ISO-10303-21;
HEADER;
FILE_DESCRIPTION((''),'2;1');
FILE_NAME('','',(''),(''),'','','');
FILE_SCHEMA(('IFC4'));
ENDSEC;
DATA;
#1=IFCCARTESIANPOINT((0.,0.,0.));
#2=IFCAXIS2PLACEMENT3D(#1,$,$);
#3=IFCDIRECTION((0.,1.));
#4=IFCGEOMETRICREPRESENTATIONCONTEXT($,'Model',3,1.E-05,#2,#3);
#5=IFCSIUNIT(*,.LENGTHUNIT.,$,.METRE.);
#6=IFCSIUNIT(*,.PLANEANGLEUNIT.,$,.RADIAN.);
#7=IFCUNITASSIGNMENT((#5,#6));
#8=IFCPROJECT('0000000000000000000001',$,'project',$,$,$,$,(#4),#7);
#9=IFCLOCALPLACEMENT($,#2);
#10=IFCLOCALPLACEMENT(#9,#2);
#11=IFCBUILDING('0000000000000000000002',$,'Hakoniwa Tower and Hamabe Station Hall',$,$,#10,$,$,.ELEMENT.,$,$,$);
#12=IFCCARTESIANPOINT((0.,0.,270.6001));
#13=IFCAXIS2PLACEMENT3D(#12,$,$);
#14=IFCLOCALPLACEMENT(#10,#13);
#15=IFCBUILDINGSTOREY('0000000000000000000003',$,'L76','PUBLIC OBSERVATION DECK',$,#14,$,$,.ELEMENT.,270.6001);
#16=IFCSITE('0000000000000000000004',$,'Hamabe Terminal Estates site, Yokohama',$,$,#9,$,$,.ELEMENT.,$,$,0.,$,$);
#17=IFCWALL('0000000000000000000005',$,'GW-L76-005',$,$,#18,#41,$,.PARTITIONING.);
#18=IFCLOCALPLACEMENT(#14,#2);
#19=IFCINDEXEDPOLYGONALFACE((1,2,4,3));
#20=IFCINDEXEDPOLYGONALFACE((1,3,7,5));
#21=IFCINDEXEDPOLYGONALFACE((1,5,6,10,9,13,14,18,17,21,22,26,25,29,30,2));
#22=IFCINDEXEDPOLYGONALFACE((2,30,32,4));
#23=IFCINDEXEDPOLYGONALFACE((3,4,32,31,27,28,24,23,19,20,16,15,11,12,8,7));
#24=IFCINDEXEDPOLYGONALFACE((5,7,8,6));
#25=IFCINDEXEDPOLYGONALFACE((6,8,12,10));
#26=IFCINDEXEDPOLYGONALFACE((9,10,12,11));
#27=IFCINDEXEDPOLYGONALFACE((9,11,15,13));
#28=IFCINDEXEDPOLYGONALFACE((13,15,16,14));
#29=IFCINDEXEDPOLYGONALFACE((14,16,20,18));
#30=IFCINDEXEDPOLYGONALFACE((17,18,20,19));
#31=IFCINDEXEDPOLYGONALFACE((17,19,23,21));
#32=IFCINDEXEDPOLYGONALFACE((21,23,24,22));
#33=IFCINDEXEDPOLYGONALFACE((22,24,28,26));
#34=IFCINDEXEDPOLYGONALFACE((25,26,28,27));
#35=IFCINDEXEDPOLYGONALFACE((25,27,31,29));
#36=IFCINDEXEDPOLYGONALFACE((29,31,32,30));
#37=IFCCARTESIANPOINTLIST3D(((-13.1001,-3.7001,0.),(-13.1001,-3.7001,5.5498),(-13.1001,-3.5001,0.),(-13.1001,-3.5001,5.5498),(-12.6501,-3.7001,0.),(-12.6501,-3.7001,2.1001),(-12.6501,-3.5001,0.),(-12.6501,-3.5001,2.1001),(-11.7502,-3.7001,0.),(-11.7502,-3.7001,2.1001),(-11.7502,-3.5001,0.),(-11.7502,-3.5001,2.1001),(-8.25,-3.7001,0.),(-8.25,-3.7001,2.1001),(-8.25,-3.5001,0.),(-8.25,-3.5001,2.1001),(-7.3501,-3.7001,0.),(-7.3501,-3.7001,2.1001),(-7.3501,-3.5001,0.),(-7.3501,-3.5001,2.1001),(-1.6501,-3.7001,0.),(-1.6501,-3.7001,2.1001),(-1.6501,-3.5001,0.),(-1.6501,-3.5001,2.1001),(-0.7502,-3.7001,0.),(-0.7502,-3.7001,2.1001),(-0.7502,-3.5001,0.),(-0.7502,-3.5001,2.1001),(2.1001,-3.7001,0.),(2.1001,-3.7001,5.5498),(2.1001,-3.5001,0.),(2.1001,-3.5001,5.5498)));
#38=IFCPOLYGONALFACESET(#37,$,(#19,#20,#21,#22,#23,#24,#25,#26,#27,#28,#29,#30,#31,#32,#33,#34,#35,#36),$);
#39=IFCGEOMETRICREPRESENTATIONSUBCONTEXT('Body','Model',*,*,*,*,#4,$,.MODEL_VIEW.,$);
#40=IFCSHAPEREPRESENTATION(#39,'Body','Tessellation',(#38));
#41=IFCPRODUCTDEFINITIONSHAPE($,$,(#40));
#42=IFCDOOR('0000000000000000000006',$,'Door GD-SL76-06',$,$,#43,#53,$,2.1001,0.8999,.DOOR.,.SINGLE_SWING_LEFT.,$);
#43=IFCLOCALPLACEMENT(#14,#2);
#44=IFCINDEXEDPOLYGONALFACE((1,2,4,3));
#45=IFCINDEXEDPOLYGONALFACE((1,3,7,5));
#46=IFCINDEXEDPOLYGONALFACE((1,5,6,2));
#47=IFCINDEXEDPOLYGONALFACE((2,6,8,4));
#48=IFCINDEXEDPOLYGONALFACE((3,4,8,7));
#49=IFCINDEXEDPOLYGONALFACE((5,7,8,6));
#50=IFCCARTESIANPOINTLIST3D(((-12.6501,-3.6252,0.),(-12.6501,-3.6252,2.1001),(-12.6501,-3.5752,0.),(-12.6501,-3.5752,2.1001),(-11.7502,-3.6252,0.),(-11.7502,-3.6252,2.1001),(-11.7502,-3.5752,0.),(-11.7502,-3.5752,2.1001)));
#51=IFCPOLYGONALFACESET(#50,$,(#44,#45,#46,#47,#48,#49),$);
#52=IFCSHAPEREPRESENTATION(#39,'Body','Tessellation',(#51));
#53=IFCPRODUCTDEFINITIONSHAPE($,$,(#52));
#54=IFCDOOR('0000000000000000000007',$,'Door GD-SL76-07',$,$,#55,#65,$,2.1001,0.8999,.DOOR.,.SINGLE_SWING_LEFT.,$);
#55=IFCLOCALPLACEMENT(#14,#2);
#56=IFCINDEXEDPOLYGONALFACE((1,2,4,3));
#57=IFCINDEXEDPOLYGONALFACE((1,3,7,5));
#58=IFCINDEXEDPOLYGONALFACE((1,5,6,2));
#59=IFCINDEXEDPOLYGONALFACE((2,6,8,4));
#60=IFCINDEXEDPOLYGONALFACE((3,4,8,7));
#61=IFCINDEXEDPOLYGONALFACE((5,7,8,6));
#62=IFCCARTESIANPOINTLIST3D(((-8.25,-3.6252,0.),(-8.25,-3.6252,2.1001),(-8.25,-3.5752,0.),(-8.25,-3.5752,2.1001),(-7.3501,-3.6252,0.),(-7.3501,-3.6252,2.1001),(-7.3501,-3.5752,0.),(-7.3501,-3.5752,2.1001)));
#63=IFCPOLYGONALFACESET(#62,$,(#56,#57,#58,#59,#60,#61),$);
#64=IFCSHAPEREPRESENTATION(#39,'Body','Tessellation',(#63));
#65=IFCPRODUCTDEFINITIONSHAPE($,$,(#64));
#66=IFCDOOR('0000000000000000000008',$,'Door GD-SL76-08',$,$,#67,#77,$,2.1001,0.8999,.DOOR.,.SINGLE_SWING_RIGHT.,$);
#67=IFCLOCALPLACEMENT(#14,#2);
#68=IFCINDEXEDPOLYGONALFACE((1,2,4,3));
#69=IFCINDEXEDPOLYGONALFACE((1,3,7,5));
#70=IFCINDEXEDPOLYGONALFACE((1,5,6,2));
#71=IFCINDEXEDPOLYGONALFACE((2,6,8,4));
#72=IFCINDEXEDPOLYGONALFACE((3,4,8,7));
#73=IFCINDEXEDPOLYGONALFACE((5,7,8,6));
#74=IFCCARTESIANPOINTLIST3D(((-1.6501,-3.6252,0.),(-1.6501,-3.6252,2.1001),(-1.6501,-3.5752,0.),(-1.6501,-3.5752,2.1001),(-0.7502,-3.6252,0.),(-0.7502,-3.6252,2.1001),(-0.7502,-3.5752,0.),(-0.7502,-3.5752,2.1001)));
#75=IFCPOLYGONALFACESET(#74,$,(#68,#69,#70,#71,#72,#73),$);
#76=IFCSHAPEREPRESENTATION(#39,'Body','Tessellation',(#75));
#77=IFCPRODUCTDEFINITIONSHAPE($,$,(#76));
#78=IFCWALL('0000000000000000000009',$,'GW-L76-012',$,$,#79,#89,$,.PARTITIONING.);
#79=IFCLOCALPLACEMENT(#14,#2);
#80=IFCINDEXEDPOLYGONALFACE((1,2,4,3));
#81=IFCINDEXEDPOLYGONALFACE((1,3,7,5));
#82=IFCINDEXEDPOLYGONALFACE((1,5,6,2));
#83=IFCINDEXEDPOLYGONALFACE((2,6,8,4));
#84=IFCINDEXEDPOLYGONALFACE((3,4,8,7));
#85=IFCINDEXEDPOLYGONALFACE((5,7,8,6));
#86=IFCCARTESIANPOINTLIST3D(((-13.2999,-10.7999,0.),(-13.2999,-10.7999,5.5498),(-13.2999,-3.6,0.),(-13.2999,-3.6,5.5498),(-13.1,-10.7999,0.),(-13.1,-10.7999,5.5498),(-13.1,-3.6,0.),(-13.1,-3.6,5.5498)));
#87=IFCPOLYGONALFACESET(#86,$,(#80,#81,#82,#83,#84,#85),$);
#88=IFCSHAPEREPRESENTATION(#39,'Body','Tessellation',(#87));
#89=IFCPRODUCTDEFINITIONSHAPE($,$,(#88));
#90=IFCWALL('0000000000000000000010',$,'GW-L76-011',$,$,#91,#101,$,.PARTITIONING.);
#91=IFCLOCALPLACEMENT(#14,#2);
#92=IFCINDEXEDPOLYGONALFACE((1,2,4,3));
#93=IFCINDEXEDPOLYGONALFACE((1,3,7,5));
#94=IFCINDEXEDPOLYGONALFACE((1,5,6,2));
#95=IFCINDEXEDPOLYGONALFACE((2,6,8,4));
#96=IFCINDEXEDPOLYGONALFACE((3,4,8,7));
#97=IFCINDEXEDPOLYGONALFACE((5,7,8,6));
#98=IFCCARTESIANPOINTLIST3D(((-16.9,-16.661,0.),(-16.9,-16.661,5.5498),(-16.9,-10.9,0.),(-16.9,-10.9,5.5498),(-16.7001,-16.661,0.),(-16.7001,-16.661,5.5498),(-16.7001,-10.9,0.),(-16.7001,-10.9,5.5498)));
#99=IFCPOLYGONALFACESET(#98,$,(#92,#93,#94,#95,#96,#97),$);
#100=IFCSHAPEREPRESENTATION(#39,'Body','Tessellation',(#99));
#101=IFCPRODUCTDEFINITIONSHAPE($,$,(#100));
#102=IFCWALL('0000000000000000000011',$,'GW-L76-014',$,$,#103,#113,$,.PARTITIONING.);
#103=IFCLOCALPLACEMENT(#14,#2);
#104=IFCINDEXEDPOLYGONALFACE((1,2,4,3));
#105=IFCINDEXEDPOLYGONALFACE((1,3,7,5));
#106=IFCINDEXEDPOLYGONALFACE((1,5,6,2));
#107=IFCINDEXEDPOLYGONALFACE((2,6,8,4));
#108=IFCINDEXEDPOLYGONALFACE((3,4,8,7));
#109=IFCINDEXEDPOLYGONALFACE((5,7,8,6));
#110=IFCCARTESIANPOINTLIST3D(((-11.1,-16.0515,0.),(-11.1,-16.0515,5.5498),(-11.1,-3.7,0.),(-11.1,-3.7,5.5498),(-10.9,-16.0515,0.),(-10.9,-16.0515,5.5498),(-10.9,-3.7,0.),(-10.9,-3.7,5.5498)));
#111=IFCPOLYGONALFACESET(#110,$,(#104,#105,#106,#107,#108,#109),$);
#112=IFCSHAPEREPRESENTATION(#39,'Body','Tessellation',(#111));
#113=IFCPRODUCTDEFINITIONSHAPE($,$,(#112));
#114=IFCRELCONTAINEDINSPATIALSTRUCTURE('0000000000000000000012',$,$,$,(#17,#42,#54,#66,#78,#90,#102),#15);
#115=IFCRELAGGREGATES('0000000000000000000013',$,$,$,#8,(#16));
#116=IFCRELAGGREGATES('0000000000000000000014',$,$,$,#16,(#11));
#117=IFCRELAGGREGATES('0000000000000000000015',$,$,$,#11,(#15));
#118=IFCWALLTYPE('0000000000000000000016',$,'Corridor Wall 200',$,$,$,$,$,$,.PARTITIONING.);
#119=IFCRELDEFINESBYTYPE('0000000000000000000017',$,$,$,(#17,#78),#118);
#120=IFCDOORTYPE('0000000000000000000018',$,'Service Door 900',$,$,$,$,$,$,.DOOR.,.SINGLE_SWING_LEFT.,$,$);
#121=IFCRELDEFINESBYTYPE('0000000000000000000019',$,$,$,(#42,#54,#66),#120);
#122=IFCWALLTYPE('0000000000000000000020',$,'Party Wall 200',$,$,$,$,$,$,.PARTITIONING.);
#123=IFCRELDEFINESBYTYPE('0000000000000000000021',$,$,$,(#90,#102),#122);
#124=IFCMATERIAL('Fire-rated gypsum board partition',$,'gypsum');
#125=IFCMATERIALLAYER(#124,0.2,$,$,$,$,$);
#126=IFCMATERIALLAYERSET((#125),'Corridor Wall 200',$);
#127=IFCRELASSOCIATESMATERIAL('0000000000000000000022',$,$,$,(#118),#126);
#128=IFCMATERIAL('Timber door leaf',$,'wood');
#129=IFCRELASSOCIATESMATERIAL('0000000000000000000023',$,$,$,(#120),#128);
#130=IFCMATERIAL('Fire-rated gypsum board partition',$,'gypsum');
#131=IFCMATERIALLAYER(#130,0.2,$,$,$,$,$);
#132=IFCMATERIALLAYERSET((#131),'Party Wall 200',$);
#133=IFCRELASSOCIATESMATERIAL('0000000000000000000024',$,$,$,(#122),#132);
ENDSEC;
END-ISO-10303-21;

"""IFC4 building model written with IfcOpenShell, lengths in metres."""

from ifc_helpers import new_model, si_unit, direction, frame, frame_2d, origin, place, context, subcontext, project, spatial, rectangle, extrude, material, layer, layer_set, type_object, element, fill, save


model = new_model("IFC4")

# Units and contexts
model_context = context("Model", 3, precision=1e-05, world=origin(), true_north=direction((0.0, 1.0)))
body_context = subcontext(model_context, "Body", "Model", "MODEL_VIEW")
ifc_project = project(units=[si_unit("LENGTHUNIT", "METRE"), si_unit("PLANEANGLEUNIT", "RADIAN")], contexts=[model_context])

# Site, building, storey
site_placement = place(None, origin())
site = spatial("IfcSite", under=ifc_project, at=site_placement, Name="Hamabe Terminal Estates site, Yokohama", CompositionType="ELEMENT", RefElevation=0.0)
building_placement = place(site_placement, origin())
building = spatial("IfcBuilding", under=site, at=building_placement, Name="Hakoniwa Tower and Hamabe Station Hall", CompositionType="ELEMENT")
storey_placement = place(building_placement, frame((0.0, 0.0, 270.6001)))
storey = spatial("IfcBuildingStorey", under=building, at=storey_placement, Name="L76", Description="PUBLIC OBSERVATION DECK", CompositionType="ELEMENT", Elevation=270.6001)

# Wall, openings, doors
ifc_material_1 = material(Name="Fire-rated gypsum board partition", Category="gypsum")
ifc_layer_1 = layer(ifc_material_1, 0.2)
ifc_layer_set_1 = layer_set([ifc_layer_1], Name="Corridor Wall 200")
wall_type_1 = type_object("IfcWallType", Name="Corridor Wall 200", PredefinedType="PARTITIONING", material=ifc_layer_set_1)
wall_1_placement = place(storey_placement, frame((-13.1001, -3.6001, 0.0), z_axis=(0.0, 0.0, 1.0), x_axis=(1.0, 0.0, 0.0)))
wall_1 = element("IfcWall", 1, at=wall_1_placement, inside=storey, type_object=wall_type_1, Name="GW-L76-005", PredefinedType="PARTITIONING", context=body_context, shape_type="SweptSolid", body=[
    extrude(rectangle(XDim=15.2002, YDim=0.2, at=frame_2d((7.6001, 0.0))), origin(), (0.0, 0.0, 1.0), 5.5498),
])
opening_1_placement = place(wall_1_placement, frame((0.45, 0.0, 0.0)))
opening_1 = element("IfcOpeningElement", 2, at=opening_1_placement, cuts=wall_1, PredefinedType="OPENING", context=body_context, shape_type="SweptSolid", body=[
    extrude(rectangle(XDim=0.8999, YDim=2.1001, at=frame_2d((0.45, 1.05))), frame((0.0, 0.1099, 0.0), z_axis=(0.0, -1.0, 0.0), x_axis=(1.0, 0.0, 0.0)), (0.0, 0.0, 1.0), 0.22),
])
opening_2_placement = place(wall_1_placement, frame((4.8501, 0.0, 0.0)))
opening_2 = element("IfcOpeningElement", 3, at=opening_2_placement, cuts=wall_1, PredefinedType="OPENING", context=body_context, shape_type="SweptSolid", body=[
    extrude(rectangle(XDim=0.8999, YDim=2.1001, at=frame_2d((0.45, 1.05))), frame((0.0, 0.1099, 0.0), z_axis=(0.0, -1.0, 0.0), x_axis=(1.0, 0.0, 0.0)), (0.0, 0.0, 1.0), 0.22),
])
opening_3_placement = place(wall_1_placement, frame((11.45, 0.0, 0.0)))
opening_3 = element("IfcOpeningElement", 4, at=opening_3_placement, cuts=wall_1, PredefinedType="OPENING", context=body_context, shape_type="SweptSolid", body=[
    extrude(rectangle(XDim=0.8999, YDim=2.1001, at=frame_2d((0.45, 1.05))), frame((0.0, 0.1099, 0.0), z_axis=(0.0, -1.0, 0.0), x_axis=(1.0, 0.0, 0.0)), (0.0, 0.0, 1.0), 0.22),
])
ifc_material_2 = material(Name="Timber door leaf", Category="wood")
door_type_1 = type_object("IfcDoorType", Name="Service Door 900", OperationType="SINGLE_SWING_LEFT", PredefinedType="DOOR", material=ifc_material_2)
door_1_placement = place(opening_1_placement, origin())
door_1 = element("IfcDoor", 5, at=door_1_placement, inside=storey, type_object=door_type_1, Name="Door GD-SL76-06", OperationType="SINGLE_SWING_LEFT", OverallHeight=2.1001, OverallWidth=0.8999, PredefinedType="DOOR", context=body_context, shape_type="SweptSolid", body=[
    extrude(rectangle(XDim=0.8999, YDim=2.1001, at=frame_2d((0.45, 1.05))), frame((0.0, 0.0249, 0.0), z_axis=(0.0, -1.0, 0.0), x_axis=(1.0, 0.0, 0.0)), (0.0, 0.0, 1.0), 0.05),
])
fill(opening_1, door_1)
door_2_placement = place(opening_2_placement, origin())
door_2 = element("IfcDoor", 6, at=door_2_placement, inside=storey, type_object=door_type_1, Name="Door GD-SL76-07", OperationType="SINGLE_SWING_LEFT", OverallHeight=2.1001, OverallWidth=0.8999, PredefinedType="DOOR", context=body_context, shape_type="SweptSolid", body=[
    extrude(rectangle(XDim=0.8999, YDim=2.1001, at=frame_2d((0.45, 1.05))), frame((0.0, 0.0249, 0.0), z_axis=(0.0, -1.0, 0.0), x_axis=(1.0, 0.0, 0.0)), (0.0, 0.0, 1.0), 0.05),
])
fill(opening_2, door_2)
door_3_placement = place(opening_3_placement, origin())
door_3 = element("IfcDoor", 7, at=door_3_placement, inside=storey, type_object=door_type_1, Name="Door GD-SL76-08", OperationType="SINGLE_SWING_RIGHT", OverallHeight=2.1001, OverallWidth=0.8999, PredefinedType="DOOR", context=body_context, shape_type="SweptSolid", body=[
    extrude(rectangle(XDim=0.8999, YDim=2.1001, at=frame_2d((0.45, 1.05))), frame((0.0, 0.0249, 0.0), z_axis=(0.0, -1.0, 0.0), x_axis=(1.0, 0.0, 0.0)), (0.0, 0.0, 1.0), 0.05),
])
fill(opening_3, door_3)

# Walls
wall_2_placement = place(storey_placement, frame((-13.2, -10.8, 0.0), z_axis=(0.0, 0.0, 1.0), x_axis=(0.0, 1.0, 0.0)))
element("IfcWall", 8, at=wall_2_placement, inside=storey, type_object=wall_type_1, Name="GW-L76-012", PredefinedType="PARTITIONING", context=body_context, shape_type="SweptSolid", body=[
    extrude(rectangle(XDim=7.2, YDim=0.2, at=frame_2d((3.6001, 0.0))), origin(), (0.0, 0.0, 1.0), 5.5498),
])
ifc_material_3 = material(Name="Fire-rated gypsum board partition", Category="gypsum")
ifc_layer_2 = layer(ifc_material_3, 0.2)
ifc_layer_set_2 = layer_set([ifc_layer_2], Name="Party Wall 200")
wall_type_2 = type_object("IfcWallType", Name="Party Wall 200", PredefinedType="PARTITIONING", material=ifc_layer_set_2)
wall_3_placement = place(storey_placement, frame((-16.8, -16.6609, 0.0), z_axis=(0.0, 0.0, 1.0), x_axis=(0.0, 1.0, 0.0)))
element("IfcWall", 9, at=wall_3_placement, inside=storey, type_object=wall_type_2, Name="GW-L76-011", PredefinedType="PARTITIONING", context=body_context, shape_type="SweptSolid", body=[
    extrude(rectangle(XDim=5.761, YDim=0.2, at=frame_2d((2.8804, 0.0))), origin(), (0.0, 0.0, 1.0), 5.5498),
])
wall_4_placement = place(storey_placement, frame((-11.0, -16.0515, 0.0), z_axis=(0.0, 0.0, 1.0), x_axis=(0.0, 1.0, 0.0)))
element("IfcWall", 10, at=wall_4_placement, inside=storey, type_object=wall_type_2, Name="GW-L76-014", PredefinedType="PARTITIONING", context=body_context, shape_type="SweptSolid", body=[
    extrude(rectangle(XDim=12.3516, YDim=0.2, at=frame_2d((6.1758, 0.0))), origin(), (0.0, 0.0, 1.0), 5.5498),
])

save(model, "model.ifc")
